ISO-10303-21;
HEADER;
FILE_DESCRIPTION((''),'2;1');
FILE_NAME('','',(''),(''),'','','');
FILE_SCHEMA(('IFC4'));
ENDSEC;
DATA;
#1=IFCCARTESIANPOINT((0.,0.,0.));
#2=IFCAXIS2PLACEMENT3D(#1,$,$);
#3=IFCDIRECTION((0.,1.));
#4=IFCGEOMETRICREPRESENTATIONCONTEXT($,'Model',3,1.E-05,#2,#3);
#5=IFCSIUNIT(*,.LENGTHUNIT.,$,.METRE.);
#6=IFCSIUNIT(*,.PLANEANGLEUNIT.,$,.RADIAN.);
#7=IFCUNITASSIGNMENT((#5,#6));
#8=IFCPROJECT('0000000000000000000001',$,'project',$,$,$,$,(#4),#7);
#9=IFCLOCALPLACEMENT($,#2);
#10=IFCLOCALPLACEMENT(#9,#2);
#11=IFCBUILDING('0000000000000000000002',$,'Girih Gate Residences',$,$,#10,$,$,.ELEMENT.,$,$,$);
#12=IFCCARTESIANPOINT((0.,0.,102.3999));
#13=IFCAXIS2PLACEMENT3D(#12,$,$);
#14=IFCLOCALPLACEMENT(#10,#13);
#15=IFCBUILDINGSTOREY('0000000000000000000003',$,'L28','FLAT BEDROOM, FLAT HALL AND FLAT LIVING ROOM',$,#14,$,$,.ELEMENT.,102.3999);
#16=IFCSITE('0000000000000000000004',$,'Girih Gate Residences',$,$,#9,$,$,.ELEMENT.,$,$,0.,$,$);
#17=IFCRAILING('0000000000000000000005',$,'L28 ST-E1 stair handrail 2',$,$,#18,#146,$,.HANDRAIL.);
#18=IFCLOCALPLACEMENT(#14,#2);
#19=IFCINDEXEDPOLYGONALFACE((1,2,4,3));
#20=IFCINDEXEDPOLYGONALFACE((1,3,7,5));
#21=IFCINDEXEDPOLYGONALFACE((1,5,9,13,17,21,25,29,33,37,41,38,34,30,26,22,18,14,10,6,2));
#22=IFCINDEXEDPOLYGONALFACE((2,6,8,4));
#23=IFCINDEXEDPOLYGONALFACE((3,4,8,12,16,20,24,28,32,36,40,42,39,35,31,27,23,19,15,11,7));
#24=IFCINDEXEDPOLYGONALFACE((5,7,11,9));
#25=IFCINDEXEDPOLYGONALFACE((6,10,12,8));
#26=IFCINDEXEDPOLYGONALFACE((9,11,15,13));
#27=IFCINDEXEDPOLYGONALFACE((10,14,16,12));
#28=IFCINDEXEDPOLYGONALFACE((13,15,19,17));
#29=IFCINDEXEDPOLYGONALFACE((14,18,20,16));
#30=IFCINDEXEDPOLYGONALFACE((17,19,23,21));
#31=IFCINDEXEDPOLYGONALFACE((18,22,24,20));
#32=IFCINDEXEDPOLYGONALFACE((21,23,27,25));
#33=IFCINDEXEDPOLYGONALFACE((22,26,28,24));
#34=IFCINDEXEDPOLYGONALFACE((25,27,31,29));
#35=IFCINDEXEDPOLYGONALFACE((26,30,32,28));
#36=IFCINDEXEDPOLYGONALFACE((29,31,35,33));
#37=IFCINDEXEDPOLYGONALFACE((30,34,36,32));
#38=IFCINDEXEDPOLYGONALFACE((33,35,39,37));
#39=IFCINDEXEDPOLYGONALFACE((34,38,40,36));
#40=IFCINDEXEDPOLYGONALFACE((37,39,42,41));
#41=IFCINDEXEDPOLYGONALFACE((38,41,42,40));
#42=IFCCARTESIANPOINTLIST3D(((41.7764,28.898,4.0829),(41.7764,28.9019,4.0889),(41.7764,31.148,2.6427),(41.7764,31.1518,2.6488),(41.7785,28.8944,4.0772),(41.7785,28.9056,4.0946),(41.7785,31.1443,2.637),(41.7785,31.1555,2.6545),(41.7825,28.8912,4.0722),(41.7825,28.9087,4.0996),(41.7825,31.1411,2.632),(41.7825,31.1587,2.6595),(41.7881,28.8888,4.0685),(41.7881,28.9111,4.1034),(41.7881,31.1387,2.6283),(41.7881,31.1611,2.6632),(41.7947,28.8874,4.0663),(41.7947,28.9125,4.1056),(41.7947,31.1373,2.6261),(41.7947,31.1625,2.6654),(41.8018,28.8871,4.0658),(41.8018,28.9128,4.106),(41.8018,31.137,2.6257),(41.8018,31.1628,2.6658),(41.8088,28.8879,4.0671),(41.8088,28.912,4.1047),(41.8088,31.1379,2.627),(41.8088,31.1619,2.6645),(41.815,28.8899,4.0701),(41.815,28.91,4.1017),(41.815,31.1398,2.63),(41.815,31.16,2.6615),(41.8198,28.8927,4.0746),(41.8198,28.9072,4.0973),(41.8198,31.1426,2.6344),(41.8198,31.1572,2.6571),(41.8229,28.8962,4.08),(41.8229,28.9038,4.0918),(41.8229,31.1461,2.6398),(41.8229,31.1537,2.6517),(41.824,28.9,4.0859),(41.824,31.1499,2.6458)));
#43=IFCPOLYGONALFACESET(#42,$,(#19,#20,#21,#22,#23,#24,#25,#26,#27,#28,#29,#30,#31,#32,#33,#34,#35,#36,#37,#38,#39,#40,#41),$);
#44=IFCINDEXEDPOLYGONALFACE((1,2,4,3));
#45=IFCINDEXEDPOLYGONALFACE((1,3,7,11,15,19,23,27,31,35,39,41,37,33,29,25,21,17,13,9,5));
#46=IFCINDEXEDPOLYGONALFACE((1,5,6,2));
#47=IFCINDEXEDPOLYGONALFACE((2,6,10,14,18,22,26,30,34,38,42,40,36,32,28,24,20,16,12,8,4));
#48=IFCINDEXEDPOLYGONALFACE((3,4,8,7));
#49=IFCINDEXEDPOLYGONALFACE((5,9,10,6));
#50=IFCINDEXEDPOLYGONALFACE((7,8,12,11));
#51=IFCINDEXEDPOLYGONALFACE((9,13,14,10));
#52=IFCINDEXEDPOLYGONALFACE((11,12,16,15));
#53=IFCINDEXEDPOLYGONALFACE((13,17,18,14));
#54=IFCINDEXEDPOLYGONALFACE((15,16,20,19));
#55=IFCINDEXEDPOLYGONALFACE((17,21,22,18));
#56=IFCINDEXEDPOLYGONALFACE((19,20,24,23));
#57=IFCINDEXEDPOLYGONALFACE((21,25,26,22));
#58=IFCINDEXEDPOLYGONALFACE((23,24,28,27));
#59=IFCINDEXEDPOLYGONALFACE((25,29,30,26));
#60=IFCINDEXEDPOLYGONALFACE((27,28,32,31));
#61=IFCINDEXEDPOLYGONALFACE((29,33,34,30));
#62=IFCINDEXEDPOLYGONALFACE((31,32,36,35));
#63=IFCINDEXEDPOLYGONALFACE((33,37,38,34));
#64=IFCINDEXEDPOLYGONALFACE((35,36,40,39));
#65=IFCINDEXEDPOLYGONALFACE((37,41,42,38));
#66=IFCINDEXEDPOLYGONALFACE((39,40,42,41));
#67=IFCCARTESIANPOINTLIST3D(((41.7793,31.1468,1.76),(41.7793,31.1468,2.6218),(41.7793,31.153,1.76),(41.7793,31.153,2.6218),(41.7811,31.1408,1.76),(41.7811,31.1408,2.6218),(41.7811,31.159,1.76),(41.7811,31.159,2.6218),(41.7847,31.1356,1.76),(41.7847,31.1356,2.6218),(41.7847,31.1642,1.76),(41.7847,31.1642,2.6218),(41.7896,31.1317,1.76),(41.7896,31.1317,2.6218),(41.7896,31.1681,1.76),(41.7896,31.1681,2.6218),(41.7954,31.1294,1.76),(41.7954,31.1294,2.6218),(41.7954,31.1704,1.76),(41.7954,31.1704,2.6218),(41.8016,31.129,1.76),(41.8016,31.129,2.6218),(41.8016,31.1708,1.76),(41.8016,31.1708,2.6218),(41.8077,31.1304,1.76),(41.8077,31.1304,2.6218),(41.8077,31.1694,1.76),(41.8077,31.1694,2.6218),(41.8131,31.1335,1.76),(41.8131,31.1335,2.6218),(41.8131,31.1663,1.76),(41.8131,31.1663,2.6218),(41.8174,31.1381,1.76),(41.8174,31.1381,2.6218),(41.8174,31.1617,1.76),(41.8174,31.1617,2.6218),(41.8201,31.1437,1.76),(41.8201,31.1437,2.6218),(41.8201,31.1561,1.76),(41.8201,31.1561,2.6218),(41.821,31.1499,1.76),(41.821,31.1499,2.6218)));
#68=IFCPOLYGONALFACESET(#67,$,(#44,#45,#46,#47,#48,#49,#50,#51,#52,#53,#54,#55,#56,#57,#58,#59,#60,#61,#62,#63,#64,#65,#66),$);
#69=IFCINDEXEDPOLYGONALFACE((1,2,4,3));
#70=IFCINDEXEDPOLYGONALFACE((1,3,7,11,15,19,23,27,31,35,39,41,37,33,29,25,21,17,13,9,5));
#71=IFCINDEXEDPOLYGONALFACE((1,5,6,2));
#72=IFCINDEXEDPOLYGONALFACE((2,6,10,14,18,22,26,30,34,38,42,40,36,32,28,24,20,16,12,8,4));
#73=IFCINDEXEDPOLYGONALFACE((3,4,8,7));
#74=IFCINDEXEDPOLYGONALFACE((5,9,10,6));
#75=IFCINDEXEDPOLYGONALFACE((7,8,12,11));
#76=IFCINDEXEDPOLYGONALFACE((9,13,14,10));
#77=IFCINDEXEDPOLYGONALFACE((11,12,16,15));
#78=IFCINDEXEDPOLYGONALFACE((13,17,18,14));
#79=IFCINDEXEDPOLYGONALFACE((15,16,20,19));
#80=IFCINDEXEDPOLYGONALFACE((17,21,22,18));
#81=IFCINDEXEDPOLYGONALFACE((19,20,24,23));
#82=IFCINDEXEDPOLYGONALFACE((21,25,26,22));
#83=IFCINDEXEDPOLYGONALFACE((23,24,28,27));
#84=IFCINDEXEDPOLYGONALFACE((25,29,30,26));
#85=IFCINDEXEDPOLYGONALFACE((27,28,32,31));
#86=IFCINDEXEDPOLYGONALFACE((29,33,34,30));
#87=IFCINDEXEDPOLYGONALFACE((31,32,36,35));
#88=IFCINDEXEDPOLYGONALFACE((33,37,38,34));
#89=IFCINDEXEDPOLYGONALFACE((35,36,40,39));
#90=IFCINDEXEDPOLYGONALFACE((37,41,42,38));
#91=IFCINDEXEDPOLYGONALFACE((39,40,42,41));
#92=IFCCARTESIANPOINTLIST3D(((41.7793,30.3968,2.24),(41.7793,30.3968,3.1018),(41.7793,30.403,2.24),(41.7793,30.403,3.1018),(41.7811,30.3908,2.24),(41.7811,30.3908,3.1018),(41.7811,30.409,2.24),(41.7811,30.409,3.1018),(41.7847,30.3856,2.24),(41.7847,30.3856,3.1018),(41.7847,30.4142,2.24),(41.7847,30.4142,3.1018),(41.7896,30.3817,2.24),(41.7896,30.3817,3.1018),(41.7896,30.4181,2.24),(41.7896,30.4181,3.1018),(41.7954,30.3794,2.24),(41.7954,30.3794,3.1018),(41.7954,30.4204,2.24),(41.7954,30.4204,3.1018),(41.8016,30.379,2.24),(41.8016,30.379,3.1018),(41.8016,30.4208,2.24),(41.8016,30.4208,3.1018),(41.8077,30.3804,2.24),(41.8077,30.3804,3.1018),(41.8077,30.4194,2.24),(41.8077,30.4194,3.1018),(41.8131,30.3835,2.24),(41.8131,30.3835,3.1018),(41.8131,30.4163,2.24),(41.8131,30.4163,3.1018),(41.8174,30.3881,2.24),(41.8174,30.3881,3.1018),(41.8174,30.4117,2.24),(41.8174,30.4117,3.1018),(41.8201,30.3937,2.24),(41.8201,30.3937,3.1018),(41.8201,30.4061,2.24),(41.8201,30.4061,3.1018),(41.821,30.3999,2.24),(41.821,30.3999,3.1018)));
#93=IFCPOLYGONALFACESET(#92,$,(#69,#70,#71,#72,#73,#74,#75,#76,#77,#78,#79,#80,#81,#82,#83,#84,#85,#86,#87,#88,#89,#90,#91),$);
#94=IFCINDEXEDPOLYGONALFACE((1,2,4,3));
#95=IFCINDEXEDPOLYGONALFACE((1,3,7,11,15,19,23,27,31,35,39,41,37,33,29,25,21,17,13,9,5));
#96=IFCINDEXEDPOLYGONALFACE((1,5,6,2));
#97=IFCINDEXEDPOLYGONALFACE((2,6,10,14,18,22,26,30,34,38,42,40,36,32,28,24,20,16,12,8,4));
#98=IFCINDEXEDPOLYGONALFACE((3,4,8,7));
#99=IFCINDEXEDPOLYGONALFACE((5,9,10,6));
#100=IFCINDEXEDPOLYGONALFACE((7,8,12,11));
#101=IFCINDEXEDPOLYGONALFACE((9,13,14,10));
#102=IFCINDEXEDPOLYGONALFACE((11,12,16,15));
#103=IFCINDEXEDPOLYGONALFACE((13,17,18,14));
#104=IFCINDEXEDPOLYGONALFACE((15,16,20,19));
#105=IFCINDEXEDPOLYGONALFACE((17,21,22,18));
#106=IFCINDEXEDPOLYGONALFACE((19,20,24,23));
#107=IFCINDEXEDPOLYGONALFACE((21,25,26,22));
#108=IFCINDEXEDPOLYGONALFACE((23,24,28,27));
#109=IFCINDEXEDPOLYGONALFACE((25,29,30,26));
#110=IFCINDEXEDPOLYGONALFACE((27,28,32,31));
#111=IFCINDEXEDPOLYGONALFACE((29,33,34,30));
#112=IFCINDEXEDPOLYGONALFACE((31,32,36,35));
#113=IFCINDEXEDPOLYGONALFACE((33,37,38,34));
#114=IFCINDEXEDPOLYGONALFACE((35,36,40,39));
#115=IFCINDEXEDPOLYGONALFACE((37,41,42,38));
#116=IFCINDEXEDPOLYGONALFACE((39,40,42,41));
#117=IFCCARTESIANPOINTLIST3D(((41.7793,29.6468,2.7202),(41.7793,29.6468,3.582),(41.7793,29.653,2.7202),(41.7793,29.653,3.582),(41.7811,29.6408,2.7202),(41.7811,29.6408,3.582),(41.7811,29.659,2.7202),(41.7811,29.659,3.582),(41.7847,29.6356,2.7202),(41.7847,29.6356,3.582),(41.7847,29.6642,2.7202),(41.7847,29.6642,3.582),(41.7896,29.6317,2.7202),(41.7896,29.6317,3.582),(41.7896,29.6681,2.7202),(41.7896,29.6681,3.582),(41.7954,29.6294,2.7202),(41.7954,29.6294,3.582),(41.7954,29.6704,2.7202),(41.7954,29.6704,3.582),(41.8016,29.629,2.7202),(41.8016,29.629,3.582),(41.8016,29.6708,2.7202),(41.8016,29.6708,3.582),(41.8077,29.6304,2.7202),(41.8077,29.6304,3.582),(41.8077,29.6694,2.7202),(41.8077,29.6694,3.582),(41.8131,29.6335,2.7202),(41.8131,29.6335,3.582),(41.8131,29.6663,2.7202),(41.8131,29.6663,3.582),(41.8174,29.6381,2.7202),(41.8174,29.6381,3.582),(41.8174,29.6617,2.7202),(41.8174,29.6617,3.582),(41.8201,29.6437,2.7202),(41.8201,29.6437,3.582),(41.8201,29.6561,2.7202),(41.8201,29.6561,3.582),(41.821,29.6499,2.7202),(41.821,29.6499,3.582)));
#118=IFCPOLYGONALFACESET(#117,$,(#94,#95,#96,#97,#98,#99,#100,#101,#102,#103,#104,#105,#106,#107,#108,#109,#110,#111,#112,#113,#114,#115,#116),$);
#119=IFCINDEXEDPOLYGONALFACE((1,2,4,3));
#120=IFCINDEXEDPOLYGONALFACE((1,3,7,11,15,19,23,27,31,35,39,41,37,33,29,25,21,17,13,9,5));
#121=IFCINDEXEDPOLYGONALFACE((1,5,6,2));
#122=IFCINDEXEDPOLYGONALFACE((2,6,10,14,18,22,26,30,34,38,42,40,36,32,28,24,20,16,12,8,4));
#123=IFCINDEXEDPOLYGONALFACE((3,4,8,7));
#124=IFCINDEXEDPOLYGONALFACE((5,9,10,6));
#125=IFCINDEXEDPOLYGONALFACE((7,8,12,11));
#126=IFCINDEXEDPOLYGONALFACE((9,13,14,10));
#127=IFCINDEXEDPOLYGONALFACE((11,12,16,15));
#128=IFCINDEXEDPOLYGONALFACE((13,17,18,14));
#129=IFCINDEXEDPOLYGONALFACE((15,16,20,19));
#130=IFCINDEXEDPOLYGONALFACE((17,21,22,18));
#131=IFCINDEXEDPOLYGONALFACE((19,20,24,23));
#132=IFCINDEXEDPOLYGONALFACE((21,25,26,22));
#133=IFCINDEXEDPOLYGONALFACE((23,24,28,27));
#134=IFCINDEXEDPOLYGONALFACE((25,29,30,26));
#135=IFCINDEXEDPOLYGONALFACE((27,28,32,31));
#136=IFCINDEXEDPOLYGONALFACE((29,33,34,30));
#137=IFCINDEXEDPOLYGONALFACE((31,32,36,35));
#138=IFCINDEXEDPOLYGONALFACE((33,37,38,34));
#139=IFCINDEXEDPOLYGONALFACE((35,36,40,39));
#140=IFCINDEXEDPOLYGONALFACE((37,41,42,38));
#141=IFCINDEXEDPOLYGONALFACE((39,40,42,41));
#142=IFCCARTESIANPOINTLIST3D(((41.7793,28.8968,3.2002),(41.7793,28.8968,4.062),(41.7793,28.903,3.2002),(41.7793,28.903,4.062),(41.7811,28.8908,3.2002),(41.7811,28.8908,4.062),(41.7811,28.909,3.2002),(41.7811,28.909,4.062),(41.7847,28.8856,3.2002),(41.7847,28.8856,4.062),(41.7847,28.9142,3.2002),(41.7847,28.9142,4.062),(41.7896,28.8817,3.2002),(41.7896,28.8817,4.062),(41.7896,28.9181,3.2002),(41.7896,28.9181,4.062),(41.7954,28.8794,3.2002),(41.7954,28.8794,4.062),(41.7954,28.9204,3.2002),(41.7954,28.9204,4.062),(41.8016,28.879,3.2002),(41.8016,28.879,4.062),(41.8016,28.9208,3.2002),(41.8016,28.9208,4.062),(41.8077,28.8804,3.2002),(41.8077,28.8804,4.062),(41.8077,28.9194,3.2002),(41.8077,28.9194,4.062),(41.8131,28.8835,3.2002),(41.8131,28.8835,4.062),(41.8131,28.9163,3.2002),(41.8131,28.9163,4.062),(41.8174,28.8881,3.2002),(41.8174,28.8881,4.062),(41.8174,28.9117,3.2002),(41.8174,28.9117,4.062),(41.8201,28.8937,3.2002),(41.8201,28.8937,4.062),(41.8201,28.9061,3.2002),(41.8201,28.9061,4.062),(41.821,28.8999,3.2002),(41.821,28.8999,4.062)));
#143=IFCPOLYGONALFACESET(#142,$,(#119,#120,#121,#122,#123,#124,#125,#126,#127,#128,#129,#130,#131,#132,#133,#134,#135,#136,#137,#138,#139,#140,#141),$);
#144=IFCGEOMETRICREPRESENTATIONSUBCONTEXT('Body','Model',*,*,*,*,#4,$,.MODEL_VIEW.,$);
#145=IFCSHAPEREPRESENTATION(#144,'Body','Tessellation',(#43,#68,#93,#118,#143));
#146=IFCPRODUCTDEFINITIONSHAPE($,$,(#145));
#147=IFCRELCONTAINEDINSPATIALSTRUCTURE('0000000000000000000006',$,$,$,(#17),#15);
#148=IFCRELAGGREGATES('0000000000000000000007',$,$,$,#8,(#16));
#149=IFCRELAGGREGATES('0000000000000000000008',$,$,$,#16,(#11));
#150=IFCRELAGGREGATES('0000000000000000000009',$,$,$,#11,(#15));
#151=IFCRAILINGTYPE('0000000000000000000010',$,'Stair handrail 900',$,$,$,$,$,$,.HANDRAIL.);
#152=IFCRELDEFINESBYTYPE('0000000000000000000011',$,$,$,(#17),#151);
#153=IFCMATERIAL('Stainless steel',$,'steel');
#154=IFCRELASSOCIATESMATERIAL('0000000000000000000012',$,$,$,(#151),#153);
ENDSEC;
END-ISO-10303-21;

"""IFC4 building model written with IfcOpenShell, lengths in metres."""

from ifc_helpers import new_model, si_unit, direction, frame, origin, origin_2d, place, context, subcontext, project, spatial, circle, extrude, material, type_object, element, save


model = new_model("IFC4")

# Units and contexts
model_context = context("Model", 3, precision=1e-05, world=origin(), true_north=direction((0.0, 1.0)))
body_context = subcontext(model_context, "Body", "Model", "MODEL_VIEW")
ifc_project = project(units=[si_unit("LENGTHUNIT", "METRE"), si_unit("PLANEANGLEUNIT", "RADIAN")], contexts=[model_context])

# Site, building, storey
site_placement = place(None, origin())
site = spatial("IfcSite", under=ifc_project, at=site_placement, Name="Girih Gate Residences", CompositionType="ELEMENT", RefElevation=0.0)
building_placement = place(site_placement, origin())
building = spatial("IfcBuilding", under=site, at=building_placement, Name="Girih Gate Residences", CompositionType="ELEMENT")
storey_placement = place(building_placement, frame((0.0, 0.0, 102.3999)))
storey = spatial("IfcBuildingStorey", under=building, at=storey_placement, Name="L28", Description="FLAT BEDROOM, FLAT HALL AND FLAT LIVING ROOM", CompositionType="ELEMENT", Elevation=102.3999)

# Railing
ifc_material_1 = material(Name="Stainless steel", Category="steel")
railing_type_1 = type_object("IfcRailingType", Name="Stair handrail 900", PredefinedType="HANDRAIL", material=ifc_material_1)
railing_1_placement = place(storey_placement, frame((41.8, 31.1499, 1.76)))
element("IfcRailing", 1, at=railing_1_placement, inside=storey, type_object=railing_type_1, Name="L28 ST-E1 stair handrail 2", PredefinedType="HANDRAIL", context=body_context, shape_type="SweptSolid", body=[
    extrude(circle(Radius=0.0239, at=origin_2d()), frame((0.0, 0.0, 0.8857), z_axis=(0.0, -0.84224, 0.539103), x_axis=(1.0, 0.0, 0.0)), (0.0, 0.0, 1.0), 2.6714),
    extrude(circle(Radius=0.021, at=origin_2d()), origin(), (0.0, 0.0, 1.0), 0.8618),
    extrude(circle(Radius=0.021, at=origin_2d()), frame((0.0, -0.75, 0.48)), (0.0, 0.0, 1.0), 0.8618),
    extrude(circle(Radius=0.021, at=origin_2d()), frame((0.0, -1.5, 0.9602)), (0.0, 0.0, 1.0), 0.8618),
    extrude(circle(Radius=0.021, at=origin_2d()), frame((0.0, -2.25, 1.4402)), (0.0, 0.0, 1.0), 0.8618),
])

save(model, "model.ifc")
